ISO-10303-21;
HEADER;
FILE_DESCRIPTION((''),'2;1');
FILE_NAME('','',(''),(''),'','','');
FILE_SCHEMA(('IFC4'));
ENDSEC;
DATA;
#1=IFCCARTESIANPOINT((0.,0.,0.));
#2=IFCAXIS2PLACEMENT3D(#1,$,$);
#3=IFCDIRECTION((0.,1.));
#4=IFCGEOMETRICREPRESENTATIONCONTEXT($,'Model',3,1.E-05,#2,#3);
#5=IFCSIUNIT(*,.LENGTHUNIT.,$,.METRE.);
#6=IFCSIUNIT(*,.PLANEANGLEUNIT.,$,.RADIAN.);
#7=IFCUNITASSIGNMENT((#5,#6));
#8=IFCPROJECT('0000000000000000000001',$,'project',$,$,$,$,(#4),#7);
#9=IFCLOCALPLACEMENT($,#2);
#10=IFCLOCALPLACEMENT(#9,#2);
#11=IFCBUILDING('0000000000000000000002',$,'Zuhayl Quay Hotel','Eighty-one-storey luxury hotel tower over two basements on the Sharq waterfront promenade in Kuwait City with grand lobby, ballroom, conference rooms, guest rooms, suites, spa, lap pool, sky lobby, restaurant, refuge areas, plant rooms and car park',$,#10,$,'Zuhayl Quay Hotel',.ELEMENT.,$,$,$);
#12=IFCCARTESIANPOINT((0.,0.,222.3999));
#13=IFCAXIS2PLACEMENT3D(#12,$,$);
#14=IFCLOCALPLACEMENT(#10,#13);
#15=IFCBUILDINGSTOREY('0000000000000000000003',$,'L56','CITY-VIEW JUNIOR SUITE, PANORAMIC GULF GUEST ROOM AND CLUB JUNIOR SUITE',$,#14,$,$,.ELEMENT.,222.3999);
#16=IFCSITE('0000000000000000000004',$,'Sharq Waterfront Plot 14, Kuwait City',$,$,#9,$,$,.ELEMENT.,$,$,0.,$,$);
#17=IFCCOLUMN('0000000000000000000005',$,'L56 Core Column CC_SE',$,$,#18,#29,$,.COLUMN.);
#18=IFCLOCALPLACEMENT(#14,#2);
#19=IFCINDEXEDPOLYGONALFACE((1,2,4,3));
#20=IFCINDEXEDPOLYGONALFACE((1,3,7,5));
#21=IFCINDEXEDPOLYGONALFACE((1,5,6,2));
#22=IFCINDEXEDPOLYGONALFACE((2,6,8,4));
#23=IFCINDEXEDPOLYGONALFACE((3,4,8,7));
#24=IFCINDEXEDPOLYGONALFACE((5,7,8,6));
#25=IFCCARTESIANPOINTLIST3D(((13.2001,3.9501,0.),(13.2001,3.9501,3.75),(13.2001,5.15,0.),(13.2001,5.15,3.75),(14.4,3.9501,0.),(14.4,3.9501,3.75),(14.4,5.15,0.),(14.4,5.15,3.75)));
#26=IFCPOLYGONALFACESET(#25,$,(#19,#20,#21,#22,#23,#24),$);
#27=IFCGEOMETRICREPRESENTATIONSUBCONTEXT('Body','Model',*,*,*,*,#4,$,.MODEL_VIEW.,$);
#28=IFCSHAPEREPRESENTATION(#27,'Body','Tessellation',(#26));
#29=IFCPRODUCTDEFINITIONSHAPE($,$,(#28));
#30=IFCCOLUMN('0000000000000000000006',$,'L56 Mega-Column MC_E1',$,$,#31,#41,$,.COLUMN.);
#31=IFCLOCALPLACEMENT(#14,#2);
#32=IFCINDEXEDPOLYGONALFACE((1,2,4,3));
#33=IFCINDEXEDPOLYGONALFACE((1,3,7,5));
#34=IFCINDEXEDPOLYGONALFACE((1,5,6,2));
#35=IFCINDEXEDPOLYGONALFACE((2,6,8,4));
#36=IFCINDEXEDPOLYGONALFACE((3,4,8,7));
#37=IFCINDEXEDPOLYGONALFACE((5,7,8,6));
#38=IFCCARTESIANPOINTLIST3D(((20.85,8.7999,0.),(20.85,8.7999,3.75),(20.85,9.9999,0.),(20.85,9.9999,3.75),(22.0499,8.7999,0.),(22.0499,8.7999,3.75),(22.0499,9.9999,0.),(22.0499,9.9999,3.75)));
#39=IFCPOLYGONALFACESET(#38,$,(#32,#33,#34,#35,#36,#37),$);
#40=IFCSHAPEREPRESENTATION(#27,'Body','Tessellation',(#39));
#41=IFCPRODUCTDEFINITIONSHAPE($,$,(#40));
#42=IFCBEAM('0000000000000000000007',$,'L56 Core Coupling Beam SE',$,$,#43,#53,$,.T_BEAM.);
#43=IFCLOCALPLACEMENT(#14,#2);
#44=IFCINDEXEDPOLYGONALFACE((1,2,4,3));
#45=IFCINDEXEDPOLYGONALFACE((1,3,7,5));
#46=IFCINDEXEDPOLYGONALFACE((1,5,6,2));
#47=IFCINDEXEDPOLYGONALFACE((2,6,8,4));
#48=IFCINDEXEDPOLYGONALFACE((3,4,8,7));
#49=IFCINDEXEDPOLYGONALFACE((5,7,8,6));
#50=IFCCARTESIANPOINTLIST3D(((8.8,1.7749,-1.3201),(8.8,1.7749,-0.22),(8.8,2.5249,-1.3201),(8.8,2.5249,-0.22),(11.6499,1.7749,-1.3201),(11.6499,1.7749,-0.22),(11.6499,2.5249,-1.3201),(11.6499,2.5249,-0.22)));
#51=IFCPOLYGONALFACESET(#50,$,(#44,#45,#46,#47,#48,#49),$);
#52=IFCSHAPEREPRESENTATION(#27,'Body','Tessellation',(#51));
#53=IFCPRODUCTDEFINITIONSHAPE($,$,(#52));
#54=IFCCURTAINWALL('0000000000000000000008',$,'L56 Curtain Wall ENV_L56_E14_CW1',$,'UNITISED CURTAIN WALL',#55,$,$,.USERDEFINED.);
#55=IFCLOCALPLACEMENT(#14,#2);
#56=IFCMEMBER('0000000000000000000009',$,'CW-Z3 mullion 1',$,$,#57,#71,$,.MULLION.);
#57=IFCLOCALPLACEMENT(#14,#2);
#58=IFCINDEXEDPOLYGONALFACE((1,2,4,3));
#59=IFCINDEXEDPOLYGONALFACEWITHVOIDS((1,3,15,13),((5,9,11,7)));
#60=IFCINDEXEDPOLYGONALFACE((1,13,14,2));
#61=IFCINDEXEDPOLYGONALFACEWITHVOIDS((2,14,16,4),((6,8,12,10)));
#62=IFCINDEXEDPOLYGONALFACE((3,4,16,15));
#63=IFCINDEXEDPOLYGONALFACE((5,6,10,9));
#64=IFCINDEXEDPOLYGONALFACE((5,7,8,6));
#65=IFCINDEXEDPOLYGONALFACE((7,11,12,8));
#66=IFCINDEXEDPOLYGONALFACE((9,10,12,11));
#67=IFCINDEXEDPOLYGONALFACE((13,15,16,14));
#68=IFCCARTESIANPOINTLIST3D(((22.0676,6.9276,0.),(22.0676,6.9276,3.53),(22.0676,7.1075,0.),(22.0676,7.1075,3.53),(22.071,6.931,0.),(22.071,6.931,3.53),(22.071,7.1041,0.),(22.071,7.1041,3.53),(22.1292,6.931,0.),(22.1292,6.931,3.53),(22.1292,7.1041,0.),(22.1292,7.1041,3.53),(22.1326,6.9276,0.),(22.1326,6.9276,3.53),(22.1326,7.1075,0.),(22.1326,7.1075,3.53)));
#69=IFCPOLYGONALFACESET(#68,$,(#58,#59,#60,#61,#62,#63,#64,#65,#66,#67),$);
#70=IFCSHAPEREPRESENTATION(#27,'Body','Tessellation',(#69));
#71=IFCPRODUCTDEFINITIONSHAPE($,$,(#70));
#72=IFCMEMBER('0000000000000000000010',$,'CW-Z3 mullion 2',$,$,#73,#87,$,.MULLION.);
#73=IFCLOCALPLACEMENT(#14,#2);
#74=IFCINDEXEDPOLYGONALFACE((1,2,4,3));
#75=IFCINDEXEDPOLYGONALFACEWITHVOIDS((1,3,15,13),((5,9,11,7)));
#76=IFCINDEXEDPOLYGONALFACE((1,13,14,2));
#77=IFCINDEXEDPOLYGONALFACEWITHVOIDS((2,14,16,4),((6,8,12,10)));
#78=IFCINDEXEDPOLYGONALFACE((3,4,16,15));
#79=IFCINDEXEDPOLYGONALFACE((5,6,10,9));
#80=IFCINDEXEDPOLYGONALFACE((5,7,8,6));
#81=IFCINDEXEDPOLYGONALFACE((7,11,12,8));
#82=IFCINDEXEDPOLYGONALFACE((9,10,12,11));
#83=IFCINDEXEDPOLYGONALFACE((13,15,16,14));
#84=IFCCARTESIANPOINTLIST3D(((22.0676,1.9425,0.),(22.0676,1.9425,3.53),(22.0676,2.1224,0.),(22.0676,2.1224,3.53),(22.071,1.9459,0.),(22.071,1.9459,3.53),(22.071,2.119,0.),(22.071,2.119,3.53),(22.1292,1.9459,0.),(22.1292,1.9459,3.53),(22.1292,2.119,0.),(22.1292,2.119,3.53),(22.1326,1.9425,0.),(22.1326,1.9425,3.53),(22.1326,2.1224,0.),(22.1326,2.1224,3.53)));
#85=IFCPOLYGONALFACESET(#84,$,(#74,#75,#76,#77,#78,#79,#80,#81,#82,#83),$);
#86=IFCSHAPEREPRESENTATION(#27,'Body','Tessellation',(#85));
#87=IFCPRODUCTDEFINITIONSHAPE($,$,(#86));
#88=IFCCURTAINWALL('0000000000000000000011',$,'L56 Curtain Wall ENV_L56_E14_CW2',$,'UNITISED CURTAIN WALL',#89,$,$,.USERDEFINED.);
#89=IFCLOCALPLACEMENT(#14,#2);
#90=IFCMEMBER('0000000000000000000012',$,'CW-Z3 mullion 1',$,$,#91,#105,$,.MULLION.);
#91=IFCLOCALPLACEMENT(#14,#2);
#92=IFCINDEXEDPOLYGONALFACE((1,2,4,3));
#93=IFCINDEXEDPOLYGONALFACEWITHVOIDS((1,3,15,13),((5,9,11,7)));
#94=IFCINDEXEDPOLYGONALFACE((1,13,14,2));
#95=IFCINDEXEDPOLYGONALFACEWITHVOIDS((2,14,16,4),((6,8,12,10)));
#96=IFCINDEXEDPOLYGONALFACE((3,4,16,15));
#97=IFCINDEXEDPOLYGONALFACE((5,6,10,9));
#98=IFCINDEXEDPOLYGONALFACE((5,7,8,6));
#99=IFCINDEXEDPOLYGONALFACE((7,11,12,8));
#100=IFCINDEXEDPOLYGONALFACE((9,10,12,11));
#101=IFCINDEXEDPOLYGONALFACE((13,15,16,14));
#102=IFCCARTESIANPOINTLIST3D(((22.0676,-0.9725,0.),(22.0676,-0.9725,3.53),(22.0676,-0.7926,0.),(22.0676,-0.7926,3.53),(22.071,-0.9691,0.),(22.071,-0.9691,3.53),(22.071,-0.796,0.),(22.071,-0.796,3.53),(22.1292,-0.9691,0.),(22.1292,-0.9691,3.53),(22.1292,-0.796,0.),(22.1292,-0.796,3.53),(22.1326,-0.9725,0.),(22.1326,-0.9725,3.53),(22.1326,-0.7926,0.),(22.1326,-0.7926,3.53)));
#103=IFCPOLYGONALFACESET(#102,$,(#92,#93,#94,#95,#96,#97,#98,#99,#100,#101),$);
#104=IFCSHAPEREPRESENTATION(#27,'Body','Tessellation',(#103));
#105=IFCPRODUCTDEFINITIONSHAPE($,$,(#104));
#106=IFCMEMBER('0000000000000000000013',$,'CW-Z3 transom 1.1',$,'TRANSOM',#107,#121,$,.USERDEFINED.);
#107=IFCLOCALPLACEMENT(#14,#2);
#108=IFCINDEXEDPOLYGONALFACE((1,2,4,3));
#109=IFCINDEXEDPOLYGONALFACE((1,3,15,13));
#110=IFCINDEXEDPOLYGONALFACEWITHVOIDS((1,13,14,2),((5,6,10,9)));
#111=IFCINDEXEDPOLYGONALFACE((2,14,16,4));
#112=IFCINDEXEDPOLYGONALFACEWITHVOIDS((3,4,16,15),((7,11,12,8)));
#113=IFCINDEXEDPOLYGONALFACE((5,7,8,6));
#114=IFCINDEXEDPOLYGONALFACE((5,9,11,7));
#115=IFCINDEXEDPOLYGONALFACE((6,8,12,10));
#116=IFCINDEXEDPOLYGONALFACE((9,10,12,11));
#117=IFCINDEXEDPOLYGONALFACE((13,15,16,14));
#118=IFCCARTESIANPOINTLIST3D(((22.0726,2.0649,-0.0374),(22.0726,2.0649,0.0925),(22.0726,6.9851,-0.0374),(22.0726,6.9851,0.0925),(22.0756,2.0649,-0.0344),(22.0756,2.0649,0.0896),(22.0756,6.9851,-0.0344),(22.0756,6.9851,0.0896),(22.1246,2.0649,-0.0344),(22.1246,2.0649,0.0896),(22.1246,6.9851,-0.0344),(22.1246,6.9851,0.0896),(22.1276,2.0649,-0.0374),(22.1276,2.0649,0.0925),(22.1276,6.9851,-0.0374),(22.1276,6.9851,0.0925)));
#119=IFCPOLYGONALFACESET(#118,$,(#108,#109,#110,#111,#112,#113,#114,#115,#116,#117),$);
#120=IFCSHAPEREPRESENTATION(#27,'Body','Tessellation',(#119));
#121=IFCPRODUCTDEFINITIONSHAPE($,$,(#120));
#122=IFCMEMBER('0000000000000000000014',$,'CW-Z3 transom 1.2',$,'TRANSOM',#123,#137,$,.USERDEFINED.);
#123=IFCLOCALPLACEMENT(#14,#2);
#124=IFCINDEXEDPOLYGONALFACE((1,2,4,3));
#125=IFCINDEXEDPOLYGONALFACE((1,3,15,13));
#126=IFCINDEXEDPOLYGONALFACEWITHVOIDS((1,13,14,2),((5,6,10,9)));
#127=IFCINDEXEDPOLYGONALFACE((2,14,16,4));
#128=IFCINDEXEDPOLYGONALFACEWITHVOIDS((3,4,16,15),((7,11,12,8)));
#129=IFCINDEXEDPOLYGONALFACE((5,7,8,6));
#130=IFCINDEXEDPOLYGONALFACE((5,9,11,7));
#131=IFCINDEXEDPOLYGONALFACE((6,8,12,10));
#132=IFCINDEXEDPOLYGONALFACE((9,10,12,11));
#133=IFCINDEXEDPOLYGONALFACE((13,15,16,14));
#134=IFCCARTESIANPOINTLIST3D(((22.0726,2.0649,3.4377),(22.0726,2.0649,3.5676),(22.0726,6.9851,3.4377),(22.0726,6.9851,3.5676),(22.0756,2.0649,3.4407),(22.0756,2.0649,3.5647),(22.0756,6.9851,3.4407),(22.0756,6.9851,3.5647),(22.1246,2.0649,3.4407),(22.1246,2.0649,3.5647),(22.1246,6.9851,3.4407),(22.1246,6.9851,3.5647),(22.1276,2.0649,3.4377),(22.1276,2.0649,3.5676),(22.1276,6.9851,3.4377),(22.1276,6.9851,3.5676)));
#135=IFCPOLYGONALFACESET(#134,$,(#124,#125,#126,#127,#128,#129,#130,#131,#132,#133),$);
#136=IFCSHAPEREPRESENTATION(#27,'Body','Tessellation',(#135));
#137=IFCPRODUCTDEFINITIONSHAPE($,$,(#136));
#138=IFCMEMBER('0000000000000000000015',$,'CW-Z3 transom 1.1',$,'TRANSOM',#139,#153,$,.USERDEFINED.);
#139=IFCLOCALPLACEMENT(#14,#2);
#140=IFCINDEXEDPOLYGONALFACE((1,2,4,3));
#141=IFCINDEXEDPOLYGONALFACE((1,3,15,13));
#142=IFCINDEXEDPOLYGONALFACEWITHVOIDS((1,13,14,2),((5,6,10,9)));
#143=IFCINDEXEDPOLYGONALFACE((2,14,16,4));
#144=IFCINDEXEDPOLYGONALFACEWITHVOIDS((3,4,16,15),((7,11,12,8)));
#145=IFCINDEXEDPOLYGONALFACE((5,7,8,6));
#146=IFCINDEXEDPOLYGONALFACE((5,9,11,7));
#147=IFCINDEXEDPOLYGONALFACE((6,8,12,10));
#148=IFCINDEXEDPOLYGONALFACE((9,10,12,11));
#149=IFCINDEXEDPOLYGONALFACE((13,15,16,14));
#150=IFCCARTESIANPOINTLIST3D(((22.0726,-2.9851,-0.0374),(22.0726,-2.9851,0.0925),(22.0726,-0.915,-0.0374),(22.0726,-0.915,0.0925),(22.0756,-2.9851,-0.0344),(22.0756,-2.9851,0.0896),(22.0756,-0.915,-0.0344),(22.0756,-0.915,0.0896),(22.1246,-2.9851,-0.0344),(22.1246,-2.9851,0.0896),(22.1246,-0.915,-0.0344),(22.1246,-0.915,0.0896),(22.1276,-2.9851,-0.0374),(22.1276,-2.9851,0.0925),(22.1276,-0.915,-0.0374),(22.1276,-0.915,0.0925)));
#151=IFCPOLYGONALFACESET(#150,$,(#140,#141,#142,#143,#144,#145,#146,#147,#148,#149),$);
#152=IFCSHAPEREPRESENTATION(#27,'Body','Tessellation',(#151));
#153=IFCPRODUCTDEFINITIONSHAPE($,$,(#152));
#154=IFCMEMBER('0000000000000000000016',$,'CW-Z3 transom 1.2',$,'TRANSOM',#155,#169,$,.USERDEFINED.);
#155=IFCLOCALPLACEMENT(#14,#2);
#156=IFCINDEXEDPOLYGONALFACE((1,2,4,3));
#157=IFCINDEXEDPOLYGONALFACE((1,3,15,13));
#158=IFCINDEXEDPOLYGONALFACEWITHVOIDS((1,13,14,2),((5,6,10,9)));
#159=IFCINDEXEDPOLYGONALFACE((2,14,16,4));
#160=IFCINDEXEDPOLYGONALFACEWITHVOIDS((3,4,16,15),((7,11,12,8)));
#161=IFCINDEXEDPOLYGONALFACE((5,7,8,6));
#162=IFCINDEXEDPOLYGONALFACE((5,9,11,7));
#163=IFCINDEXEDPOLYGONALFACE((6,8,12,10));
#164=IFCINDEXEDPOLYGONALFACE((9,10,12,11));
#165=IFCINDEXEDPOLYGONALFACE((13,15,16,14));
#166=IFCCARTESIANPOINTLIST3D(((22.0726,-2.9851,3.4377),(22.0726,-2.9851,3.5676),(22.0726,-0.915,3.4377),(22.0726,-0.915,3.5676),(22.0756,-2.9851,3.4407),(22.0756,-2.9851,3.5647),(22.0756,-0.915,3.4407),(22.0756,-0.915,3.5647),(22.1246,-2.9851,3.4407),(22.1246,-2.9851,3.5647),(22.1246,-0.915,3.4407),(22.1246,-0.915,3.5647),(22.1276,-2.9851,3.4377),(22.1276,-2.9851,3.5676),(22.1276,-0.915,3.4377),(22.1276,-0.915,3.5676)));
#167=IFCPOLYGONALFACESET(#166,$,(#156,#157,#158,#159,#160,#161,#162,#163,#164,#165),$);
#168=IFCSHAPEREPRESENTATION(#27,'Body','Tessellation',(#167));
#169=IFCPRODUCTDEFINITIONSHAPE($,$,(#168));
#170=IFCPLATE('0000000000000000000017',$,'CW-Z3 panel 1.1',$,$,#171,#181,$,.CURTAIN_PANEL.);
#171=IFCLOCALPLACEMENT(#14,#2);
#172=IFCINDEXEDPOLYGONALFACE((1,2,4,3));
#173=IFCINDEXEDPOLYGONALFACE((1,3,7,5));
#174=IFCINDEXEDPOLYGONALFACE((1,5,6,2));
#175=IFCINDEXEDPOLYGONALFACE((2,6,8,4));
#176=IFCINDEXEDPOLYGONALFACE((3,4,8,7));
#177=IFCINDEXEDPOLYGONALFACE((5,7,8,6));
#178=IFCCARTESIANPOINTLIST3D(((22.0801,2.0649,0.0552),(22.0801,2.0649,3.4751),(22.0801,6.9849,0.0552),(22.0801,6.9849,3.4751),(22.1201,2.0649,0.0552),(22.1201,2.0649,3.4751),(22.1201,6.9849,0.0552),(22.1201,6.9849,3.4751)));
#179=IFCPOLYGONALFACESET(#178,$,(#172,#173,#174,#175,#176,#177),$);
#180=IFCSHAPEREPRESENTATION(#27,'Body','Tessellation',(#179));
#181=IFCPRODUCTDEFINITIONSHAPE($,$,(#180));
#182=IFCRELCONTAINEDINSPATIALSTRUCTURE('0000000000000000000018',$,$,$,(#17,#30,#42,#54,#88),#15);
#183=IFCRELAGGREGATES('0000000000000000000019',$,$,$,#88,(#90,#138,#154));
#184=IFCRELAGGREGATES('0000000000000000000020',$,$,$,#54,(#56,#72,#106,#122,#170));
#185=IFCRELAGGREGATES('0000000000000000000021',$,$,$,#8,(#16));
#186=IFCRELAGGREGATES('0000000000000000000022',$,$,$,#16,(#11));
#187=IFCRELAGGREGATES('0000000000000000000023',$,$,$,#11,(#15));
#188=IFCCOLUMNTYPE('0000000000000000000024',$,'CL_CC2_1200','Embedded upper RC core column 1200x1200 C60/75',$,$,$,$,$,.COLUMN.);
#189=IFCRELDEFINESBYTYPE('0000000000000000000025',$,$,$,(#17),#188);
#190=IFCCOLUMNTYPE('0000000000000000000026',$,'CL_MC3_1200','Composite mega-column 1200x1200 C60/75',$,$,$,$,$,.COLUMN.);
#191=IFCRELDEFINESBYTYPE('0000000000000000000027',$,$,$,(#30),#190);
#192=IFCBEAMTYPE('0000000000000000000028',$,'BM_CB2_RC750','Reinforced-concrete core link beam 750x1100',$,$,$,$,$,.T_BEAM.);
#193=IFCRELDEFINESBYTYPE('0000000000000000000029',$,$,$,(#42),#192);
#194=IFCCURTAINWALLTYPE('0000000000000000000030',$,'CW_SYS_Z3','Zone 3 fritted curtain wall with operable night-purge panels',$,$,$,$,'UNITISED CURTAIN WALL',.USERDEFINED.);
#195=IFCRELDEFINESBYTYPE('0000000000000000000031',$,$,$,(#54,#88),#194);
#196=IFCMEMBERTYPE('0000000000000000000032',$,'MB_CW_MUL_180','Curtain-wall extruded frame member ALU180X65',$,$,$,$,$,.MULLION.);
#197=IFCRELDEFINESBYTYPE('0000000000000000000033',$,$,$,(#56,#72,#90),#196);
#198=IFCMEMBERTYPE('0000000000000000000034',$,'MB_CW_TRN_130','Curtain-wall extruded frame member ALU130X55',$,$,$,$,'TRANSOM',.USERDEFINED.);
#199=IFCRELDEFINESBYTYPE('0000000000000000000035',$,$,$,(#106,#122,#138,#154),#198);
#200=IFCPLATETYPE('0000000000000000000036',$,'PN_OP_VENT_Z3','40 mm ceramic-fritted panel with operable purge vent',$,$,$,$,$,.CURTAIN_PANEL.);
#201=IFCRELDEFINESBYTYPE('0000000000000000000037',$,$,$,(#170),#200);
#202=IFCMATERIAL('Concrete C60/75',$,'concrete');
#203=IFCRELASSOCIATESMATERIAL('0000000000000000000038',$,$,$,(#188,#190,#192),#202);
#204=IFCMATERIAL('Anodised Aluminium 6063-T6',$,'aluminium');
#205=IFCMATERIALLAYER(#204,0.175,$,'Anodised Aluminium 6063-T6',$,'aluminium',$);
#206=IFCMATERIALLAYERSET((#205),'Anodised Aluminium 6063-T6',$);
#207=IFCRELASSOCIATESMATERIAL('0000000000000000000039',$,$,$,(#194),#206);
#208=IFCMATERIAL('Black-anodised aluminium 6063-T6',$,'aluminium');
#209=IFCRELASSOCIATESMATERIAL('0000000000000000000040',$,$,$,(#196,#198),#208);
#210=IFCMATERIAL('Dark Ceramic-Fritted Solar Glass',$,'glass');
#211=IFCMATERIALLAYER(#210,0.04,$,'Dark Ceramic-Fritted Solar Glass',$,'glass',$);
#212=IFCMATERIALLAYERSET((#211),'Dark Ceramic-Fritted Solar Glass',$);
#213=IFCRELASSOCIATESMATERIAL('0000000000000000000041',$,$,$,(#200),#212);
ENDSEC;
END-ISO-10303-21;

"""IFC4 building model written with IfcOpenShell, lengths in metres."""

from ifc_helpers import new_model, si_unit, direction, frame, origin, origin_2d, place, context, subcontext, project, spatial, rectangle, hollow_rectangle, extrude, material, layer, layer_set, material_profile, profile_set, type_object, element, aggregate, save


model = new_model("IFC4")

# Units and contexts
model_context = context("Model", 3, precision=1e-05, world=origin(), true_north=direction((0.0, 1.0)))
body_context = subcontext(model_context, "Body", "Model", "MODEL_VIEW")
ifc_project = project(units=[si_unit("LENGTHUNIT", "METRE"), si_unit("PLANEANGLEUNIT", "RADIAN")], contexts=[model_context])

# Site, building, storey
site_placement = place(None, origin())
site = spatial("IfcSite", under=ifc_project, at=site_placement, Name="Sharq Waterfront Plot 14, Kuwait City", CompositionType="ELEMENT", RefElevation=0.0)
building_placement = place(site_placement, origin())
building = spatial("IfcBuilding", under=site, at=building_placement, Name="Zuhayl Quay Hotel", Description="Eighty-one-storey luxury hotel tower over two basements on the Sharq waterfront promenade in Kuwait City with grand lobby, ballroom, conference rooms, guest rooms, suites, spa, lap pool, sky lobby, restaurant, refuge areas, plant rooms and car park", LongName="Zuhayl Quay Hotel", CompositionType="ELEMENT")
storey_placement = place(building_placement, frame((0.0, 0.0, 222.3999)))
storey = spatial("IfcBuildingStorey", under=building, at=storey_placement, Name="L56", Description="CITY-VIEW JUNIOR SUITE, PANORAMIC GULF GUEST ROOM AND CLUB JUNIOR SUITE", CompositionType="ELEMENT", Elevation=222.3999)

# Columns
ifc_material_1 = material(Name="Concrete C60/75", Category="concrete")
ifc_material_profile_1 = material_profile(ifc_material_1, rectangle(XDim=1.2, YDim=1.2, at=origin_2d()), Name="RC1200X1200")
ifc_profile_set_1 = profile_set([ifc_material_profile_1], Name="Concrete C60/75")
column_type_1 = type_object("IfcColumnType", Name="CL_CC2_1200", Description="Embedded upper RC core column 1200x1200 C60/75", PredefinedType="COLUMN", material=ifc_profile_set_1)
column_1_placement = place(storey_placement, frame((13.8, 4.55, 0.0), z_axis=(0.0, 0.0, 1.0), x_axis=(1.0, 0.0, 0.0)))
element("IfcColumn", 1, at=column_1_placement, inside=storey, type_object=column_type_1, Name="L56 Core Column CC_SE", PredefinedType="COLUMN", context=body_context, shape_type="SweptSolid", body=[
    extrude(rectangle(XDim=1.2, YDim=1.2, at=origin_2d()), origin(), (0.0, 0.0, 1.0), 3.75),
])
ifc_material_profile_2 = material_profile(ifc_material_1, rectangle(XDim=1.2, YDim=1.2, at=origin_2d()), Name="RC1200X1200")
ifc_profile_set_2 = profile_set([ifc_material_profile_2], Name="Concrete C60/75")
column_type_2 = type_object("IfcColumnType", Name="CL_MC3_1200", Description="Composite mega-column 1200x1200 C60/75", PredefinedType="COLUMN", material=ifc_profile_set_2)
column_2_placement = place(storey_placement, frame((21.45, 9.3999, 0.0), z_axis=(0.0, 0.0, 1.0), x_axis=(1.0, 0.0, 0.0)))
element("IfcColumn", 2, at=column_2_placement, inside=storey, type_object=column_type_2, Name="L56 Mega-Column MC_E1", PredefinedType="COLUMN", context=body_context, shape_type="SweptSolid", body=[
    extrude(rectangle(XDim=1.2, YDim=1.2, at=origin_2d()), origin(), (0.0, 0.0, 1.0), 3.75),
])

# Beam
ifc_material_profile_3 = material_profile(ifc_material_1, rectangle(XDim=0.75, YDim=1.1001, at=origin_2d()), Name="RC750X1100")
ifc_profile_set_3 = profile_set([ifc_material_profile_3], Name="Concrete C60/75")
beam_type = type_object("IfcBeamType", Name="BM_CB2_RC750", Description="Reinforced-concrete core link beam 750x1100", PredefinedType="T_BEAM", material=ifc_profile_set_3)
beam_placement = place(storey_placement, frame((8.8, 2.1499, -0.77), z_axis=(1.0, 0.0, 0.0), x_axis=(0.0, 1.0, 0.0)))
element("IfcBeam", 3, at=beam_placement, inside=storey, type_object=beam_type, Name="L56 Core Coupling Beam SE", PredefinedType="T_BEAM", context=body_context, shape_type="SweptSolid", body=[
    extrude(rectangle(XDim=0.75, YDim=1.1001, at=origin_2d()), origin(), (0.0, 0.0, 1.0), 2.8499),
])

# Curtain wall, members
ifc_material_2 = material(Name="Anodised Aluminium 6063-T6", Category="aluminium")
ifc_layer_1 = layer(ifc_material_2, 0.175, Name="Anodised Aluminium 6063-T6", Category="aluminium")
ifc_layer_set_1 = layer_set([ifc_layer_1], Name="Anodised Aluminium 6063-T6")
curtain_wall_type = type_object("IfcCurtainWallType", Name="CW_SYS_Z3", Description="Zone 3 fritted curtain wall with operable night-purge panels", ElementType="UNITISED CURTAIN WALL", PredefinedType="USERDEFINED", material=ifc_layer_set_1)
curtain_wall_1_placement = place(storey_placement, origin())
curtain_wall_1 = element("IfcCurtainWall", 4, at=curtain_wall_1_placement, inside=storey, type_object=curtain_wall_type, Name="L56 Curtain Wall ENV_L56_E14_CW1", ObjectType="UNITISED CURTAIN WALL", PredefinedType="USERDEFINED")
ifc_material_3 = material(Name="Black-anodised aluminium 6063-T6", Category="aluminium")
ifc_material_profile_4 = material_profile(ifc_material_3, hollow_rectangle(XDim=0.0649, YDim=0.1799, WallThickness=0.0034, at=origin_2d()), Name="ALU180X65")
ifc_profile_set_4 = profile_set([ifc_material_profile_4], Name="Black-anodised aluminium 6063-T6")
member_type_1 = type_object("IfcMemberType", Name="MB_CW_MUL_180", Description="Curtain-wall extruded frame member ALU180X65", PredefinedType="MULLION", material=ifc_profile_set_4)
member_1_placement = place(storey_placement, frame((22.1001, 7.0176, 0.0), z_axis=(0.0, 0.0, 1.0), x_axis=(1.0, 0.0, 0.0)))
member_1 = element("IfcMember", 5, at=member_1_placement, type_object=member_type_1, Name="CW-Z3 mullion 1", PredefinedType="MULLION", context=body_context, shape_type="SweptSolid", body=[
    extrude(hollow_rectangle(XDim=0.0649, YDim=0.1799, WallThickness=0.0034, at=origin_2d()), origin(), (0.0, 0.0, 1.0), 3.53),
])
member_2_placement = place(storey_placement, frame((22.1001, 2.0325, 0.0), z_axis=(0.0, 0.0, 1.0), x_axis=(1.0, 0.0, 0.0)))
member_2 = element("IfcMember", 6, at=member_2_placement, type_object=member_type_1, Name="CW-Z3 mullion 2", PredefinedType="MULLION", context=body_context, shape_type="SweptSolid", body=[
    extrude(hollow_rectangle(XDim=0.0649, YDim=0.1799, WallThickness=0.0034, at=origin_2d()), origin(), (0.0, 0.0, 1.0), 3.53),
])

# Curtain wall, member
curtain_wall_2_placement = place(storey_placement, origin())
curtain_wall_2 = element("IfcCurtainWall", 7, at=curtain_wall_2_placement, inside=storey, type_object=curtain_wall_type, Name="L56 Curtain Wall ENV_L56_E14_CW2", ObjectType="UNITISED CURTAIN WALL", PredefinedType="USERDEFINED")
member_3_placement = place(storey_placement, frame((22.1001, -0.8826, 0.0), z_axis=(0.0, 0.0, 1.0), x_axis=(1.0, 0.0, 0.0)))
member_3 = element("IfcMember", 8, at=member_3_placement, type_object=member_type_1, Name="CW-Z3 mullion 1", PredefinedType="MULLION", context=body_context, shape_type="SweptSolid", body=[
    extrude(hollow_rectangle(XDim=0.0649, YDim=0.1799, WallThickness=0.0034, at=origin_2d()), origin(), (0.0, 0.0, 1.0), 3.53),
])

# Members
ifc_material_profile_5 = material_profile(ifc_material_3, hollow_rectangle(XDim=0.0549, YDim=0.1299, WallThickness=0.0029, at=origin_2d()), Name="ALU130X55")
ifc_profile_set_5 = profile_set([ifc_material_profile_5], Name="Black-anodised aluminium 6063-T6")
member_type_2 = type_object("IfcMemberType", Name="MB_CW_TRN_130", Description="Curtain-wall extruded frame member ALU130X55", ElementType="TRANSOM", PredefinedType="USERDEFINED", material=ifc_profile_set_5)
member_4_placement = place(storey_placement, frame((22.1001, 6.9851, 0.0276), z_axis=(0.0, -1.0, 0.0), x_axis=(1.0, 0.0, 0.0)))
member_4 = element("IfcMember", 9, at=member_4_placement, type_object=member_type_2, Name="CW-Z3 transom 1.1", ObjectType="TRANSOM", PredefinedType="USERDEFINED", context=body_context, shape_type="SweptSolid", body=[
    extrude(hollow_rectangle(XDim=0.0549, YDim=0.1299, WallThickness=0.0029, at=origin_2d()), origin(), (0.0, 0.0, 1.0), 4.9202),
])
member_5_placement = place(storey_placement, frame((22.1001, 6.9851, 3.5027), z_axis=(0.0, -1.0, 0.0), x_axis=(1.0, 0.0, 0.0)))
member_5 = element("IfcMember", 10, at=member_5_placement, type_object=member_type_2, Name="CW-Z3 transom 1.2", ObjectType="TRANSOM", PredefinedType="USERDEFINED", context=body_context, shape_type="SweptSolid", body=[
    extrude(hollow_rectangle(XDim=0.0549, YDim=0.1299, WallThickness=0.0029, at=origin_2d()), origin(), (0.0, 0.0, 1.0), 4.9202),
])
member_6_placement = place(storey_placement, frame((22.1001, -0.915, 0.0276), z_axis=(0.0, -1.0, 0.0), x_axis=(1.0, 0.0, 0.0)))
member_6 = element("IfcMember", 11, at=member_6_placement, type_object=member_type_2, Name="CW-Z3 transom 1.1", ObjectType="TRANSOM", PredefinedType="USERDEFINED", context=body_context, shape_type="SweptSolid", body=[
    extrude(hollow_rectangle(XDim=0.0549, YDim=0.1299, WallThickness=0.0029, at=origin_2d()), origin(), (0.0, 0.0, 1.0), 2.0701),
])
member_7_placement = place(storey_placement, frame((22.1001, -0.915, 3.5027), z_axis=(0.0, -1.0, 0.0), x_axis=(1.0, 0.0, 0.0)))
member_7 = element("IfcMember", 12, at=member_7_placement, type_object=member_type_2, Name="CW-Z3 transom 1.2", ObjectType="TRANSOM", PredefinedType="USERDEFINED", context=body_context, shape_type="SweptSolid", body=[
    extrude(hollow_rectangle(XDim=0.0549, YDim=0.1299, WallThickness=0.0029, at=origin_2d()), origin(), (0.0, 0.0, 1.0), 2.0701),
])
aggregate(curtain_wall_2, [member_3, member_6, member_7])

# Plate
ifc_material_4 = material(Name="Dark Ceramic-Fritted Solar Glass", Category="glass")
ifc_layer_2 = layer(ifc_material_4, 0.04, Name="Dark Ceramic-Fritted Solar Glass", Category="glass")
ifc_layer_set_2 = layer_set([ifc_layer_2], Name="Dark Ceramic-Fritted Solar Glass")
plate_type = type_object("IfcPlateType", Name="PN_OP_VENT_Z3", Description="40 mm ceramic-fritted panel with operable purge vent", PredefinedType="CURTAIN_PANEL", material=ifc_layer_set_2)
plate_placement = place(storey_placement, frame((22.1001, 4.5249, 0.0552), z_axis=(0.0, 0.0, 1.0), x_axis=(0.0, -1.0, 0.0)))
plate = element("IfcPlate", 13, at=plate_placement, type_object=plate_type, Name="CW-Z3 panel 1.1", PredefinedType="CURTAIN_PANEL", context=body_context, shape_type="SweptSolid", body=[
    extrude(rectangle(XDim=4.9199, YDim=0.04, at=origin_2d()), origin(), (0.0, 0.0, 1.0), 3.4199),
])
aggregate(curtain_wall_1, [member_1, member_2, member_4, member_5, plate])

save(model, "model.ifc")
